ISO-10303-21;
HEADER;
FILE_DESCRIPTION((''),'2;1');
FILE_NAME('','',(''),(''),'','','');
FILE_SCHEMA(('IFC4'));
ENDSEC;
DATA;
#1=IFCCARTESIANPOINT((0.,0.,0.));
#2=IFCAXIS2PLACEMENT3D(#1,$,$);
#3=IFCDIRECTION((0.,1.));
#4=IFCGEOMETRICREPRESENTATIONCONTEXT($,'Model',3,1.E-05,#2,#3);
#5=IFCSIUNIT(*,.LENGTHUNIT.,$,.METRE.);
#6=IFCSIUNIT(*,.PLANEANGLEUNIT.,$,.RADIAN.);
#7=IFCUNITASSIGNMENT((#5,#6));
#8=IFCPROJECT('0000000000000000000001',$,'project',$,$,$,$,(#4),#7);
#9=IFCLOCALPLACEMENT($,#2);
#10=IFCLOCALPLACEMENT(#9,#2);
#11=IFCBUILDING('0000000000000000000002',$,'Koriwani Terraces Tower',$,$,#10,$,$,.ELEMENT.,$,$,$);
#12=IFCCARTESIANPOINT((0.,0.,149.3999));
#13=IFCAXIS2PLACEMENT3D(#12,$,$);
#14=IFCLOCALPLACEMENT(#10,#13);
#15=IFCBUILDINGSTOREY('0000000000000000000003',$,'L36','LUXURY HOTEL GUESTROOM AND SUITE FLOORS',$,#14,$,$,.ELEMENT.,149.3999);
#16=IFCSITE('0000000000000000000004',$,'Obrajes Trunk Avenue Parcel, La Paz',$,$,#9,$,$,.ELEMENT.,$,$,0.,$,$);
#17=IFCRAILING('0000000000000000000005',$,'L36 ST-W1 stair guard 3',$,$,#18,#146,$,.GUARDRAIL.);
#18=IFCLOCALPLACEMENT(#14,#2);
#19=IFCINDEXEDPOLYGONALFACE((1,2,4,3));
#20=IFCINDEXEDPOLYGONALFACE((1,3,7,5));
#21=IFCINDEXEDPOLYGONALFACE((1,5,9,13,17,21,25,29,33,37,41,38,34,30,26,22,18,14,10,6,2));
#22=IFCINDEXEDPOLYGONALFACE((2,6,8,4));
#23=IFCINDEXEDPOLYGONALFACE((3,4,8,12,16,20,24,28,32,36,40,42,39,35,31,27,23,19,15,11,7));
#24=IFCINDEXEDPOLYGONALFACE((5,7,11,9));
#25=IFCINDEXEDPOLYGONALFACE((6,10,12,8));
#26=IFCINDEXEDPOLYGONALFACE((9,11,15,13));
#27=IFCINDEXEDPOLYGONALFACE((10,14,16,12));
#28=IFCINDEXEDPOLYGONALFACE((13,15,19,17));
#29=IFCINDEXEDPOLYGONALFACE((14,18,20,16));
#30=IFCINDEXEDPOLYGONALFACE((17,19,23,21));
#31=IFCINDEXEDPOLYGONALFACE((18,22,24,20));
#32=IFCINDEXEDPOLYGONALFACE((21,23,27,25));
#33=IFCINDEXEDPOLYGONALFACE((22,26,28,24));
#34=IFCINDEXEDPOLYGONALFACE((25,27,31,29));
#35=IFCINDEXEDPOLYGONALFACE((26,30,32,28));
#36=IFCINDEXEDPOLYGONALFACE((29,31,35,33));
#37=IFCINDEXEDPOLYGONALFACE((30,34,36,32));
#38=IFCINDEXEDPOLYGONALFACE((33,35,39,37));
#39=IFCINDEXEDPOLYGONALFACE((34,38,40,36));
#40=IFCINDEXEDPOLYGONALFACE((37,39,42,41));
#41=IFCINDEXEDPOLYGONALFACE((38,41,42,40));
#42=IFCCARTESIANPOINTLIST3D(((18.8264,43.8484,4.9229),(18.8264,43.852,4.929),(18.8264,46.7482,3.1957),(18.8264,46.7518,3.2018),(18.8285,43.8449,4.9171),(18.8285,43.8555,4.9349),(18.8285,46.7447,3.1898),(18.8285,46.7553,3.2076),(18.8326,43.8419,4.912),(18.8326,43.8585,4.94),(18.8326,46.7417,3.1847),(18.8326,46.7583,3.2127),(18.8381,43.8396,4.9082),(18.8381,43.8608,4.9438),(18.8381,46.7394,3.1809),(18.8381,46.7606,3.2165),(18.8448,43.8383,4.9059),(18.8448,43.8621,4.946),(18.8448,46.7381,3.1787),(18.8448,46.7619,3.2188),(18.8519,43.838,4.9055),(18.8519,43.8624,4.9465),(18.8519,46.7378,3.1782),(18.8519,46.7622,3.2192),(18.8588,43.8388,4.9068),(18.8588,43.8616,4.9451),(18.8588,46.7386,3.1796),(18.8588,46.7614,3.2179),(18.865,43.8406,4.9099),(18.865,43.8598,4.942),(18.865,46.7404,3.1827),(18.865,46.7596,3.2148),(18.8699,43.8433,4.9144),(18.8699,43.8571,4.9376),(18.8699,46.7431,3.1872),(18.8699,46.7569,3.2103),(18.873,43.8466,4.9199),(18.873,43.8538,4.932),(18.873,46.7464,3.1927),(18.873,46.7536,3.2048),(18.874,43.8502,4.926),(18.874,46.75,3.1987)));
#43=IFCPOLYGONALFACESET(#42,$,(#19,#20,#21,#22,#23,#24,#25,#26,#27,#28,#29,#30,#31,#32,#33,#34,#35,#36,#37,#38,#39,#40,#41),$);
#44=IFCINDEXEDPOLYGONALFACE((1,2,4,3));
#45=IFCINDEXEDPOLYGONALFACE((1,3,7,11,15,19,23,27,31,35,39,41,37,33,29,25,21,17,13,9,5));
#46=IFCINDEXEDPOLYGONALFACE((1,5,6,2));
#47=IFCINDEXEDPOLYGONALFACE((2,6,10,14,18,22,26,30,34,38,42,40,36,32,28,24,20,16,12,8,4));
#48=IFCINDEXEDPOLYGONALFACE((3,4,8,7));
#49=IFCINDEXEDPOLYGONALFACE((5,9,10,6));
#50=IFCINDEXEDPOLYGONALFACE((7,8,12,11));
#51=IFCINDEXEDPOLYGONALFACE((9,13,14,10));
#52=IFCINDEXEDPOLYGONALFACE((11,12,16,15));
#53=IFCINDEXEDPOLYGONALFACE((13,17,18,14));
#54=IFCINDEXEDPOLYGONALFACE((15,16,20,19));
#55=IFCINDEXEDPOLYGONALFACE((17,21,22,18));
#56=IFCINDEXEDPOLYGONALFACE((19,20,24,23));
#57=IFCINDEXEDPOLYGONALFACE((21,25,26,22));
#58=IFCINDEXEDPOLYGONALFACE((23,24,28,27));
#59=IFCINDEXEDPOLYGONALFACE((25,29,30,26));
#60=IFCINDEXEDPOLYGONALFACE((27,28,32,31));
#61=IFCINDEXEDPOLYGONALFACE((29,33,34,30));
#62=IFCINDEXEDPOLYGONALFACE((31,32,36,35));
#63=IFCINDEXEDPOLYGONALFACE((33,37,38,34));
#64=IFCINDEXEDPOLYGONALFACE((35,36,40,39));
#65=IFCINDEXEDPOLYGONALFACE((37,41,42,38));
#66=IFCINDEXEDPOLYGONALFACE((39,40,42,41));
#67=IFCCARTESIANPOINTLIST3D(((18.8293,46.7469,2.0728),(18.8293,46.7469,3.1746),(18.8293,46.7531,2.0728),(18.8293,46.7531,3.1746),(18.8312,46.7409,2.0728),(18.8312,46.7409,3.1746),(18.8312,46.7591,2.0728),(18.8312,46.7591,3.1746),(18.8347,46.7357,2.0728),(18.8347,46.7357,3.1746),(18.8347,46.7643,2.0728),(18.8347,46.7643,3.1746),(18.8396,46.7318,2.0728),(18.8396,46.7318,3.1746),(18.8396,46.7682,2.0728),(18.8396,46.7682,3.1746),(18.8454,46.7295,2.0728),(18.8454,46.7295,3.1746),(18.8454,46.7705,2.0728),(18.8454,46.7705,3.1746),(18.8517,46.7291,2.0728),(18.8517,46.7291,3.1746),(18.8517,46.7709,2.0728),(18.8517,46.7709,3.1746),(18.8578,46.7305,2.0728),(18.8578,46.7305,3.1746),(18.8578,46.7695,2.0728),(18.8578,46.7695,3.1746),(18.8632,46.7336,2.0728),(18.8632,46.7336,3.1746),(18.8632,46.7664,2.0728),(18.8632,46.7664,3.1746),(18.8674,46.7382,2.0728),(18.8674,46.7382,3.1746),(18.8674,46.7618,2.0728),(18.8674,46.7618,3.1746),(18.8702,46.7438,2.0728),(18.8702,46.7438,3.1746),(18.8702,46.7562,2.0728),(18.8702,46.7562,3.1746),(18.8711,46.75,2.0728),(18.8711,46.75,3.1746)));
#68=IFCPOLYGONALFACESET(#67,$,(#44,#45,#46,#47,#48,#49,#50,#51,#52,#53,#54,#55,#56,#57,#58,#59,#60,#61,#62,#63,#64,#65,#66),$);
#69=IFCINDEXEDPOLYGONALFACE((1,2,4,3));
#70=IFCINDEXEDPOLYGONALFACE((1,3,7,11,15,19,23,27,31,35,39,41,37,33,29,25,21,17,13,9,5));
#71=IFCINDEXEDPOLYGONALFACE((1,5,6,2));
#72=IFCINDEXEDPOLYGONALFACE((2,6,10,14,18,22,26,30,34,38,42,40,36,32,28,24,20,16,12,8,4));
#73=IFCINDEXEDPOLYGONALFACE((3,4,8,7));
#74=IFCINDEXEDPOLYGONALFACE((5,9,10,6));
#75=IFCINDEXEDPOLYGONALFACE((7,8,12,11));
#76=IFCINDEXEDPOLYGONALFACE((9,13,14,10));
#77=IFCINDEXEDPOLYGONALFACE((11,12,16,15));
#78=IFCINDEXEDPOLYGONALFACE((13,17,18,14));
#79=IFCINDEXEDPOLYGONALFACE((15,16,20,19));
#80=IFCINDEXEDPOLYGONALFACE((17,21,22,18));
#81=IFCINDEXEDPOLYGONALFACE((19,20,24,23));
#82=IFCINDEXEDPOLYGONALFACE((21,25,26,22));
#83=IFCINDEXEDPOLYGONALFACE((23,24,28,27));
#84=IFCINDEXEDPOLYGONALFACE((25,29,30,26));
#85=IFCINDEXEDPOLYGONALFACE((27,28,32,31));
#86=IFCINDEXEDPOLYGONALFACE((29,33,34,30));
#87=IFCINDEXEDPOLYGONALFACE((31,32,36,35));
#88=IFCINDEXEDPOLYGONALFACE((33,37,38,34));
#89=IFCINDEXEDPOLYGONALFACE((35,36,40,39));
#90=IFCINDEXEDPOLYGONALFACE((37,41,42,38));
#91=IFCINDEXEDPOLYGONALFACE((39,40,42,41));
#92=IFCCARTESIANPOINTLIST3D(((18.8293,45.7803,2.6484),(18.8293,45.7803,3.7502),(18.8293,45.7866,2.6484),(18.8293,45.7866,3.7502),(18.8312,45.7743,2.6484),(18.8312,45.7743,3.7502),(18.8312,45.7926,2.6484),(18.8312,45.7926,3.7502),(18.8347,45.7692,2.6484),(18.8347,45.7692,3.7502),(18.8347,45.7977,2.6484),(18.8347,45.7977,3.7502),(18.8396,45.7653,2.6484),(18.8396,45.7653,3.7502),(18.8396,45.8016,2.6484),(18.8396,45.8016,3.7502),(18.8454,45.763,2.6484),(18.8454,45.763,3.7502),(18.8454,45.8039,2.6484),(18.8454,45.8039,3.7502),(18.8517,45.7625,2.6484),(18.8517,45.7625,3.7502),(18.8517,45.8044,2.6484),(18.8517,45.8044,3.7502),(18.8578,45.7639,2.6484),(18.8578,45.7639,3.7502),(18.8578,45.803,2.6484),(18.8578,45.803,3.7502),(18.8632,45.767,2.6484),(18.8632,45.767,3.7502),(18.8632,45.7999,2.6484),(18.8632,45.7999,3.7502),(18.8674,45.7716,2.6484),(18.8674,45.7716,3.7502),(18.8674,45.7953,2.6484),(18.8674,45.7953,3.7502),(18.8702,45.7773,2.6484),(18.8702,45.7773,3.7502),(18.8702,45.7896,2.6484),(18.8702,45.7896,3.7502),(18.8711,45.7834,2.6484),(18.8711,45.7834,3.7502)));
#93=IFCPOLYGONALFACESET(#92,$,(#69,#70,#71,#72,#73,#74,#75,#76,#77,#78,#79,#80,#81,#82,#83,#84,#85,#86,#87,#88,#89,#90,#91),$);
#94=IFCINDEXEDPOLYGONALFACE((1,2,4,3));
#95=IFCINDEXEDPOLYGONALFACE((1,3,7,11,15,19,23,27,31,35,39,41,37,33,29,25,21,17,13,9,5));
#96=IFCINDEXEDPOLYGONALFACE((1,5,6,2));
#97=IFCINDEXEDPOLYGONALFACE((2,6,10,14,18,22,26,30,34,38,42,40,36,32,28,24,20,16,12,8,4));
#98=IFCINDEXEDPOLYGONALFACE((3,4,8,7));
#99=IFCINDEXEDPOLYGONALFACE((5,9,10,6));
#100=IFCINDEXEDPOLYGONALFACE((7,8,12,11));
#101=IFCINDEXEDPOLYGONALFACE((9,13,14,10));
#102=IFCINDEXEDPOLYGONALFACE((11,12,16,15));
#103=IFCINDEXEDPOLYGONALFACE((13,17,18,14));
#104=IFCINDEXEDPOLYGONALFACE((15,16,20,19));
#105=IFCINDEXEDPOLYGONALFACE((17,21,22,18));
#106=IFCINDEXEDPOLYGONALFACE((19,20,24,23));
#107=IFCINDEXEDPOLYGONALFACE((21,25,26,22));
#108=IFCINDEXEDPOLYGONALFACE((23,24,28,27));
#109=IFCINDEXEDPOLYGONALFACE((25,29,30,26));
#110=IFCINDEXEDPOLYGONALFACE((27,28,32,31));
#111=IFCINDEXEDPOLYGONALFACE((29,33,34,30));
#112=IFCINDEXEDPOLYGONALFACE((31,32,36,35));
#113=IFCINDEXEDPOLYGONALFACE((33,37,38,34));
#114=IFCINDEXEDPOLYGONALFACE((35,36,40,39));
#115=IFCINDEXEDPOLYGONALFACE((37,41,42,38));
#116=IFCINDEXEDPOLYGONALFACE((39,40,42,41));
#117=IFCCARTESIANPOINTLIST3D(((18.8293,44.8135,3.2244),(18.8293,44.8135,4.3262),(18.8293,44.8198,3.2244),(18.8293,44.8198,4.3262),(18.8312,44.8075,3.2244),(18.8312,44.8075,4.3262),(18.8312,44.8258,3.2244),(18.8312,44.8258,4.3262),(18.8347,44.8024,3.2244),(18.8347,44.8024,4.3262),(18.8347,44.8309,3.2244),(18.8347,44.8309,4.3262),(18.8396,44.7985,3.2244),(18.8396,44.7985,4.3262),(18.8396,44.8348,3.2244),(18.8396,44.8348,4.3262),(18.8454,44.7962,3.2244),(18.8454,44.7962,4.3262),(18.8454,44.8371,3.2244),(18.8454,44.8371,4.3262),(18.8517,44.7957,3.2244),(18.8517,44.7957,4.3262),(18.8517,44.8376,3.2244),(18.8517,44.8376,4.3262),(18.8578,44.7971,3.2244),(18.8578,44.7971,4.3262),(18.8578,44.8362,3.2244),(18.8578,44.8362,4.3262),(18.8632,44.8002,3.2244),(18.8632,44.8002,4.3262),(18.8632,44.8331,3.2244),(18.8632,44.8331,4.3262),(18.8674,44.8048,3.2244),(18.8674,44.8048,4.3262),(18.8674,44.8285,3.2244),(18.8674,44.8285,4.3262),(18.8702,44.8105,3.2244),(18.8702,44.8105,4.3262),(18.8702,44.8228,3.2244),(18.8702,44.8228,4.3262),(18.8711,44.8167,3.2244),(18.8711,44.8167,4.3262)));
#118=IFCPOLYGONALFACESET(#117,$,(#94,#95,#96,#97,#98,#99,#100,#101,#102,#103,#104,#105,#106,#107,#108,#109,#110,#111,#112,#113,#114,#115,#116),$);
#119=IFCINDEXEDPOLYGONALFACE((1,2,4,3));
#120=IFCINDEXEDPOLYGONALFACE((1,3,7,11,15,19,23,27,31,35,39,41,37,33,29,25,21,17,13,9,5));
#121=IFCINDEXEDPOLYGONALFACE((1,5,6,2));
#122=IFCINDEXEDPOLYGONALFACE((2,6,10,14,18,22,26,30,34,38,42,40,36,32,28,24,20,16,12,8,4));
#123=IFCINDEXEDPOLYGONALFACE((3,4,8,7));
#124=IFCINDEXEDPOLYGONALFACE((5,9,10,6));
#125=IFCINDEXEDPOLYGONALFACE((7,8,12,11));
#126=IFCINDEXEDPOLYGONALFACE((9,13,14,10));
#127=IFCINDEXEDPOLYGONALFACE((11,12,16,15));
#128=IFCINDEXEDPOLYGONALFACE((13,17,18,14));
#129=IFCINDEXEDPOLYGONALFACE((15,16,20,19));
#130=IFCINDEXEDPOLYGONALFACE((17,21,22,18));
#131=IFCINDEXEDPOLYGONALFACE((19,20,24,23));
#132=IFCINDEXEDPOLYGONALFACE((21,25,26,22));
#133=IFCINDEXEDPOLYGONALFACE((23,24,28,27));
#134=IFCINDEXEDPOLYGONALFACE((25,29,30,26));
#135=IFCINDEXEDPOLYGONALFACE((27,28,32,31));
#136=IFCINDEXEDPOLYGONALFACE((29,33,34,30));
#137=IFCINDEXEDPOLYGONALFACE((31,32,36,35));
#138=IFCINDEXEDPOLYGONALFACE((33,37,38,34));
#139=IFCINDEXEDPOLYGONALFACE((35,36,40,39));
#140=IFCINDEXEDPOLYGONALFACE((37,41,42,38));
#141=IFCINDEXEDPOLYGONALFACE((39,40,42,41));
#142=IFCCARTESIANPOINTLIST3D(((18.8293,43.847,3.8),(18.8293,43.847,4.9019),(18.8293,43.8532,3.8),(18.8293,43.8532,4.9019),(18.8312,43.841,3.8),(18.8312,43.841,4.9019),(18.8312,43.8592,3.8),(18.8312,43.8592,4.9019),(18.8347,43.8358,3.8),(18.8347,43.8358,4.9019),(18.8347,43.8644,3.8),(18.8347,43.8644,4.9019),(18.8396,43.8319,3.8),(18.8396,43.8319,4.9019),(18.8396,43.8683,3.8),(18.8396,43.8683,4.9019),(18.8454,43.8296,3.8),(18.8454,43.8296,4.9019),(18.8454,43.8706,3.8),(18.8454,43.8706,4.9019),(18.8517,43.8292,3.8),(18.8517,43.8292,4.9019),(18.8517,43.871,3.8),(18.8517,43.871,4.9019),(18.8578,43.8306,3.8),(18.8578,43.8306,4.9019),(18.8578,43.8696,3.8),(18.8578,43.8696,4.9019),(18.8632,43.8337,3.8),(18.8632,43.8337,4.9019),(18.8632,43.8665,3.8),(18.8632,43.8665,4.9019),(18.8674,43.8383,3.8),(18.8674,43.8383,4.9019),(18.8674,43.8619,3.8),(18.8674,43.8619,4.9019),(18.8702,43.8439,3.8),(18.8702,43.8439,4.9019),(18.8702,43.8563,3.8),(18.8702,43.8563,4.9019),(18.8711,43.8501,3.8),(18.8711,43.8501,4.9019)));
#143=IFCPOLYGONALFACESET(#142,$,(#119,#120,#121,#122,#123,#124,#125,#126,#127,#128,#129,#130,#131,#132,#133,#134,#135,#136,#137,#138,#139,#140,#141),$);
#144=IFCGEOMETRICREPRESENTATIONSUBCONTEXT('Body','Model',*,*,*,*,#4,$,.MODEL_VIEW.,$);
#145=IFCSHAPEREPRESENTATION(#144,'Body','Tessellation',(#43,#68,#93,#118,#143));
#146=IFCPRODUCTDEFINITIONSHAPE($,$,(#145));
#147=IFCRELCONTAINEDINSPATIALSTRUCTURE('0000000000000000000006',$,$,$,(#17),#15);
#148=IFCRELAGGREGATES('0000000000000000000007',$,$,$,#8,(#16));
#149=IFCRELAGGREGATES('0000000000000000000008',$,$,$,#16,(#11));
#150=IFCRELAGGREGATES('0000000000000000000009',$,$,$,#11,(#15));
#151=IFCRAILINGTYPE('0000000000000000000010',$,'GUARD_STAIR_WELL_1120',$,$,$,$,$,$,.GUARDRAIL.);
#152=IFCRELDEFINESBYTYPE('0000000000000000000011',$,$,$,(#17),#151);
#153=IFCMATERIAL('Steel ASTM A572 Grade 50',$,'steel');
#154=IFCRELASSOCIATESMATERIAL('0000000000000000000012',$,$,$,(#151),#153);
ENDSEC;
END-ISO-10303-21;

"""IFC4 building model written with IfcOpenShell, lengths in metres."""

from ifc_helpers import new_model, si_unit, direction, frame, origin, origin_2d, place, context, subcontext, project, spatial, circle, extrude, material, type_object, element, save


model = new_model("IFC4")

# Units and contexts
model_context = context("Model", 3, precision=1e-05, world=origin(), true_north=direction((0.0, 1.0)))
body_context = subcontext(model_context, "Body", "Model", "MODEL_VIEW")
ifc_project = project(units=[si_unit("LENGTHUNIT", "METRE"), si_unit("PLANEANGLEUNIT", "RADIAN")], contexts=[model_context])

# Site, building, storey
site_placement = place(None, origin())
site = spatial("IfcSite", under=ifc_project, at=site_placement, Name="Obrajes Trunk Avenue Parcel, La Paz", CompositionType="ELEMENT", RefElevation=0.0)
building_placement = place(site_placement, origin())
building = spatial("IfcBuilding", under=site, at=building_placement, Name="Koriwani Terraces Tower", CompositionType="ELEMENT")
storey_placement = place(building_placement, frame((0.0, 0.0, 149.3999)))
storey = spatial("IfcBuildingStorey", under=building, at=storey_placement, Name="L36", Description="LUXURY HOTEL GUESTROOM AND SUITE FLOORS", CompositionType="ELEMENT", Elevation=149.3999)

# Shared definitions
ifc_material_1 = material(Name="Steel ASTM A572 Grade 50", Category="steel")

# Railing
railing_type_1 = type_object("IfcRailingType", Name="GUARD_STAIR_WELL_1120", PredefinedType="GUARDRAIL", material=ifc_material_1)
railing_1_placement = place(storey_placement, frame((18.8501, 46.75, 2.0728)))
element("IfcRailing", 1, at=railing_1_placement, inside=storey, type_object=railing_type_1, Name="L36 ST-W1 stair guard 3", PredefinedType="GUARDRAIL", context=body_context, shape_type="SweptSolid", body=[
    extrude(circle(Radius=0.0239, at=origin_2d()), frame((0.0, 0.0, 1.126), z_axis=(0.0, -0.859141, 0.511738), x_axis=(1.0, 0.0, 0.0)), (0.0, 0.0, 1.0), 3.3752),
    extrude(circle(Radius=0.021, at=origin_2d()), origin(), (0.0, 0.0, 1.0), 1.1018),
    extrude(circle(Radius=0.021, at=origin_2d()), frame((0.0, -0.9666, 0.5757)), (0.0, 0.0, 1.0), 1.1018),
    extrude(circle(Radius=0.021, at=origin_2d()), frame((0.0, -1.9333, 1.1516)), (0.0, 0.0, 1.0), 1.1018),
    extrude(circle(Radius=0.021, at=origin_2d()), frame((0.0, -2.8999, 1.7273)), (0.0, 0.0, 1.0), 1.1018),
])

save(model, "model.ifc")
